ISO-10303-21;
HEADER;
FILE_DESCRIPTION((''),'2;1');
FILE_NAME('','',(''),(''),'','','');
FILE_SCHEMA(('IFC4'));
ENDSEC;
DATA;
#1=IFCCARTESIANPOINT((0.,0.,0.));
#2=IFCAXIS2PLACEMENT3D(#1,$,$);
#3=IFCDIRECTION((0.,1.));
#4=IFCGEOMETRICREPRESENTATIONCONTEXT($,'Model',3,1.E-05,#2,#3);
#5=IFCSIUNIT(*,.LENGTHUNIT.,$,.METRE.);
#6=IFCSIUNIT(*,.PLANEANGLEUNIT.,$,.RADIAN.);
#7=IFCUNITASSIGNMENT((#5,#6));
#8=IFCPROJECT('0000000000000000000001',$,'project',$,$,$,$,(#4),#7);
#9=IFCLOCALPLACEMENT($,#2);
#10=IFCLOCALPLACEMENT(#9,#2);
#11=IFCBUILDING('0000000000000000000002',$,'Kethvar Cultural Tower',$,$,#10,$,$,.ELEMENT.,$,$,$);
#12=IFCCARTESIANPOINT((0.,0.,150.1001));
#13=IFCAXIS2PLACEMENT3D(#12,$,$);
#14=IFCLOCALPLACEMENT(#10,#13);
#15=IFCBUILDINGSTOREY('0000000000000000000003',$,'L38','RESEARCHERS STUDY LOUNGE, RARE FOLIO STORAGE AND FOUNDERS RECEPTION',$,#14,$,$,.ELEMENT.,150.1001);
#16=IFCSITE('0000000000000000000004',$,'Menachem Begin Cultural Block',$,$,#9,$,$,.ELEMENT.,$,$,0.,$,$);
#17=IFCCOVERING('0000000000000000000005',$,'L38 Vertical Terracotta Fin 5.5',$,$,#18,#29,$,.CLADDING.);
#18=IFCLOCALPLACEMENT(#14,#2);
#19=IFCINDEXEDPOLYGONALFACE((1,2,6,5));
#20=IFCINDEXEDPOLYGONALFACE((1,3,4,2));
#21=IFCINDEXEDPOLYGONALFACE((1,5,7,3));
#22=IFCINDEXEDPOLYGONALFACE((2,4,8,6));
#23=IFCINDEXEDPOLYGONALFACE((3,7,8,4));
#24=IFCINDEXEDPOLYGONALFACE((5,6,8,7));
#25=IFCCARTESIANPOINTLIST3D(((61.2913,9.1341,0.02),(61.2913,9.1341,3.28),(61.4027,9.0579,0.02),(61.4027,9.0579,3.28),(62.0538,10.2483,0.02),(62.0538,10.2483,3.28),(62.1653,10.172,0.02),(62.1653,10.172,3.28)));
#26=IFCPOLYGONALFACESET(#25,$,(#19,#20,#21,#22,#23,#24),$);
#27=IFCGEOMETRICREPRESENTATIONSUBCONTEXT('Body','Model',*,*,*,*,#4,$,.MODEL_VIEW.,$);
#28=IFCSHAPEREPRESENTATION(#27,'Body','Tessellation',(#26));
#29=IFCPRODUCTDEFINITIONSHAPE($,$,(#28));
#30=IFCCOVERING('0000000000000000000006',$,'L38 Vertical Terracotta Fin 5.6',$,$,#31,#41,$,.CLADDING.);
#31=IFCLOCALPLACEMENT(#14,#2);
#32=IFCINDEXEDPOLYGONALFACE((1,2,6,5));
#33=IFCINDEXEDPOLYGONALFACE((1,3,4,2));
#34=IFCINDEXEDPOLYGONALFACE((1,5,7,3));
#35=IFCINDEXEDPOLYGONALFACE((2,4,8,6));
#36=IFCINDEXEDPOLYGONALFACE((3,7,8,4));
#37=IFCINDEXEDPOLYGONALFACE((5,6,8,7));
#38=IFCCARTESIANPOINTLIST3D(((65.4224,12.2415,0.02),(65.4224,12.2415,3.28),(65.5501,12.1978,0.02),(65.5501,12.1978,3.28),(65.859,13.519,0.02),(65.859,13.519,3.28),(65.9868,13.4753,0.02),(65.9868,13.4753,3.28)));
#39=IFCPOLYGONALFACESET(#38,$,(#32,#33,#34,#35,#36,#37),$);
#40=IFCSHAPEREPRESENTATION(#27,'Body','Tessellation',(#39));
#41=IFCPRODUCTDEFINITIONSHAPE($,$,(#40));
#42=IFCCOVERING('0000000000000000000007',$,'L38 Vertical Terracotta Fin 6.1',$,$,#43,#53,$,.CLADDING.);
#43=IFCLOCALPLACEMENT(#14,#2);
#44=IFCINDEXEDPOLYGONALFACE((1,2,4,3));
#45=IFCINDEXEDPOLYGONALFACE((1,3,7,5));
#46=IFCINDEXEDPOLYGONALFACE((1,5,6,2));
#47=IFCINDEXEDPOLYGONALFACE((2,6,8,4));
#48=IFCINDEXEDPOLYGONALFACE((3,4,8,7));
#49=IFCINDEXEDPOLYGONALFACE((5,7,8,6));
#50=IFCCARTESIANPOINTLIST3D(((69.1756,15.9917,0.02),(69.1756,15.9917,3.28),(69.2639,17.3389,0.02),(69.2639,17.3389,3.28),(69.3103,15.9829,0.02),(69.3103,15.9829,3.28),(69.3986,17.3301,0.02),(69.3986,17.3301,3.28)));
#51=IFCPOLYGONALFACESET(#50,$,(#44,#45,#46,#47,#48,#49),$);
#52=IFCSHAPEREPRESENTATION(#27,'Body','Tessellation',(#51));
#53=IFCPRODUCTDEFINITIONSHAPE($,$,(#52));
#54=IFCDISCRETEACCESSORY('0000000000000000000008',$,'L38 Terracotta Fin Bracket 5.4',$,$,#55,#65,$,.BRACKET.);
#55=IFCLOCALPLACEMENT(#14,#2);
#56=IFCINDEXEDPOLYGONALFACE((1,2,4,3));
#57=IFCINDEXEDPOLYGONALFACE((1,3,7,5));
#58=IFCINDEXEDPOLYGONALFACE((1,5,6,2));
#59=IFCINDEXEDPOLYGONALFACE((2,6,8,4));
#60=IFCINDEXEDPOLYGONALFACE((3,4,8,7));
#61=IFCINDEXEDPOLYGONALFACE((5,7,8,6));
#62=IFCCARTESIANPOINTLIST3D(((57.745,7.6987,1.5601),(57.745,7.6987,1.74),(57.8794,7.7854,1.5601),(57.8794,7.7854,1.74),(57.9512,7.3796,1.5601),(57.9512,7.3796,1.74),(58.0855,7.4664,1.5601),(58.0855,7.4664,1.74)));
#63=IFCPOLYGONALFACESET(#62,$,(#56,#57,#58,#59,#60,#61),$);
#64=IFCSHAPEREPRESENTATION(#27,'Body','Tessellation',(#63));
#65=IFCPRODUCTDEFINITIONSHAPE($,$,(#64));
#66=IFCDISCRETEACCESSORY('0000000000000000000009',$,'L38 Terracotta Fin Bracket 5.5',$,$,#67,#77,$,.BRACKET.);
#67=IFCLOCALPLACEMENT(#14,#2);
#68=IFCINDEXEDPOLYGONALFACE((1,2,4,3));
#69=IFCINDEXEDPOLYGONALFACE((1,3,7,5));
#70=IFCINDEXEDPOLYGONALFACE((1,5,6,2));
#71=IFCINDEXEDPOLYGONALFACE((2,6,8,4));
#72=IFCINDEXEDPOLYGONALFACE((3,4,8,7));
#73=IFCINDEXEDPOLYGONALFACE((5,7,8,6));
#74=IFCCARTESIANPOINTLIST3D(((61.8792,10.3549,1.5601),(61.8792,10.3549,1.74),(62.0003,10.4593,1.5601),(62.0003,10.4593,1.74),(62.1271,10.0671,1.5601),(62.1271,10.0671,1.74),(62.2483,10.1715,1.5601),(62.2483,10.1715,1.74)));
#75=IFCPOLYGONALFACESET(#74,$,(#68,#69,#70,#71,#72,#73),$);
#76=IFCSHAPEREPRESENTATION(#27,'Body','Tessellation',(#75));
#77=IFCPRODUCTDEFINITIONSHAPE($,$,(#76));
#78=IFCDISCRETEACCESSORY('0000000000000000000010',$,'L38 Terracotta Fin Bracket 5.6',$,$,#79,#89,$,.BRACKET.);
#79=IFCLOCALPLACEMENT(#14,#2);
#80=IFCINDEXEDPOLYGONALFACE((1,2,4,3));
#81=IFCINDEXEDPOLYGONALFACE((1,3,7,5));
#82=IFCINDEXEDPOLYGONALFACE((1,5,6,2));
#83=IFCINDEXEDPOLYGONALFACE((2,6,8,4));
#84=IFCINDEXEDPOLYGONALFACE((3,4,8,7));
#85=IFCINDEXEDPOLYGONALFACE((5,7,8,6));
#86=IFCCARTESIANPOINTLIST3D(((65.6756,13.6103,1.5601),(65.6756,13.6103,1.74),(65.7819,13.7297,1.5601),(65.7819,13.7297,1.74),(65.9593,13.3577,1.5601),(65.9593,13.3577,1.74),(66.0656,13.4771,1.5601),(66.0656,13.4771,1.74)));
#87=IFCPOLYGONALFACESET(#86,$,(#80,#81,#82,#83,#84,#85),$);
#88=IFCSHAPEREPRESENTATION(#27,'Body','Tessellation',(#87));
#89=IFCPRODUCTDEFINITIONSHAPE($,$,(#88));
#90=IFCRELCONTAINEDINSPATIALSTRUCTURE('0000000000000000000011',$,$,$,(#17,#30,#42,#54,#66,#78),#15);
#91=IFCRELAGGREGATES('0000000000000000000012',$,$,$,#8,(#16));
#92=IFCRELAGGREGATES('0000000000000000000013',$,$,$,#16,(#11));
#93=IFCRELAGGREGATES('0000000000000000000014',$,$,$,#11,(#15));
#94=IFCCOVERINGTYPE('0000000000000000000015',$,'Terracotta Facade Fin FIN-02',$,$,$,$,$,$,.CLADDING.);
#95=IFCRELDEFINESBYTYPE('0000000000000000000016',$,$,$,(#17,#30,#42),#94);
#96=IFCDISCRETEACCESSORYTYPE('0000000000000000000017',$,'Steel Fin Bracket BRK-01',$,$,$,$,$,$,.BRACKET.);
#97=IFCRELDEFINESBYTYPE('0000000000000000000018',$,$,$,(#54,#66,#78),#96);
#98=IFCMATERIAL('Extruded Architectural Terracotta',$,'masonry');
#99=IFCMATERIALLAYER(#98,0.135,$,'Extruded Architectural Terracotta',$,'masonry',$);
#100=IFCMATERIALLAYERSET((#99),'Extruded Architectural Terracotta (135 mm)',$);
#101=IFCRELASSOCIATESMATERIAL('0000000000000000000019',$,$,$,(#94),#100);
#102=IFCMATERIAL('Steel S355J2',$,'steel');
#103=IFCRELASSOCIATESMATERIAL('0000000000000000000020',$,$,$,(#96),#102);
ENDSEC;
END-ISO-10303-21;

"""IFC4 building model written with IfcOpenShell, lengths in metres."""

from ifc_helpers import new_model, si_unit, direction, frame, origin, origin_2d, place, context, subcontext, project, spatial, rectangle, extrude, source, transform, mapped, material, layer, layer_set, type_object, element, save


model = new_model("IFC4")

# Units and contexts
model_context = context("Model", 3, precision=1e-05, world=origin(), true_north=direction((0.0, 1.0)))
body_context = subcontext(model_context, "Body", "Model", "MODEL_VIEW")
ifc_project = project(units=[si_unit("LENGTHUNIT", "METRE"), si_unit("PLANEANGLEUNIT", "RADIAN")], contexts=[model_context])

# Site, building, storey
site_placement = place(None, origin())
site = spatial("IfcSite", under=ifc_project, at=site_placement, Name="Menachem Begin Cultural Block", CompositionType="ELEMENT", RefElevation=0.0)
building_placement = place(site_placement, origin())
building = spatial("IfcBuilding", under=site, at=building_placement, Name="Kethvar Cultural Tower", CompositionType="ELEMENT")
storey_placement = place(building_placement, frame((0.0, 0.0, 150.1001)))
storey = spatial("IfcBuildingStorey", under=building, at=storey_placement, Name="L38", Description="RESEARCHERS STUDY LOUNGE, RARE FOLIO STORAGE AND FOUNDERS RECEPTION", CompositionType="ELEMENT", Elevation=150.1001)

# Shared definitions
ifc_material_1 = material(Name="Steel S355J2", Category="steel")

# Coverings
ifc_material_2 = material(Name="Extruded Architectural Terracotta", Category="masonry")
ifc_layer_1 = layer(ifc_material_2, 0.135, Name="Extruded Architectural Terracotta", Category="masonry")
ifc_layer_set_1 = layer_set([ifc_layer_1], Name="Extruded Architectural Terracotta (135 mm)")
covering_type = type_object("IfcCoveringType", Name="Terracotta Facade Fin FIN-02", PredefinedType="CLADDING", material=ifc_layer_set_1)
shared_shape_1 = source(origin(), body_context, "Body", "SweptSolid", [
    extrude(rectangle(XDim=1.3501, YDim=0.135, at=origin_2d()), origin(), (0.0, 0.0, 1.0), 3.26),
])
for number, where, z_axis, x_axis, name in (
    (1, (61.7283, 9.6531, 0.02), (0.0, 0.0, 1.0), (-0.564823, -0.825212, 0.0), "L38 Vertical Terracotta Fin 5.5"),
    (2, (65.7046, 12.8584, 0.02), (0.0, 0.0, 1.0), (-0.323422, -0.946255, 0.0), "L38 Vertical Terracotta Fin 5.6"),
    (3, (69.2871, 16.6609, 0.02), (0.0, 0.0, 1.0), (-0.065403, -0.997859, 0.0), "L38 Vertical Terracotta Fin 6.1"),
):
    element("IfcCovering", number, at=place(storey_placement, frame(where, z_axis=z_axis, x_axis=x_axis)), inside=storey, type_object=covering_type, Name=name, PredefinedType="CLADDING", context=body_context, shape_type="MappedRepresentation", body=[
        mapped(shared_shape_1, transform((0.0, 0.0, 0.0), scale=1.0)),
    ])

# Discrete accessories
discrete_accessory_type = type_object("IfcDiscreteAccessoryType", Name="Steel Fin Bracket BRK-01", PredefinedType="BRACKET", material=ifc_material_1)
shared_shape_2 = source(origin(), body_context, "Body", "SweptSolid", [
    extrude(rectangle(XDim=0.3799, YDim=0.1599, at=origin_2d()), origin(), (0.0, 0.0, 1.0), 0.1799),
])
for number, where, z_axis, x_axis, name in (
    (4, (57.9153, 7.5825, 1.5601), (0.0, 0.0, 1.0), (0.542735, -0.839904, 0.0), "L38 Terracotta Fin Bracket 5.4"),
    (5, (62.0637, 10.2632, 1.5601), (0.0, 0.0, 1.0), (0.65276, -0.757565, 0.0), "L38 Terracotta Fin Bracket 5.5"),
    (6, (65.8706, 13.5437, 1.5601), (0.0, 0.0, 1.0), (0.74687, -0.66497, 0.0), "L38 Terracotta Fin Bracket 5.6"),
):
    element("IfcDiscreteAccessory", number, at=place(storey_placement, frame(where, z_axis=z_axis, x_axis=x_axis)), inside=storey, type_object=discrete_accessory_type, Name=name, PredefinedType="BRACKET", context=body_context, shape_type="MappedRepresentation", body=[
        mapped(shared_shape_2, transform((0.0, 0.0, 0.0), scale=1.0)),
    ])

save(model, "model.ifc")
